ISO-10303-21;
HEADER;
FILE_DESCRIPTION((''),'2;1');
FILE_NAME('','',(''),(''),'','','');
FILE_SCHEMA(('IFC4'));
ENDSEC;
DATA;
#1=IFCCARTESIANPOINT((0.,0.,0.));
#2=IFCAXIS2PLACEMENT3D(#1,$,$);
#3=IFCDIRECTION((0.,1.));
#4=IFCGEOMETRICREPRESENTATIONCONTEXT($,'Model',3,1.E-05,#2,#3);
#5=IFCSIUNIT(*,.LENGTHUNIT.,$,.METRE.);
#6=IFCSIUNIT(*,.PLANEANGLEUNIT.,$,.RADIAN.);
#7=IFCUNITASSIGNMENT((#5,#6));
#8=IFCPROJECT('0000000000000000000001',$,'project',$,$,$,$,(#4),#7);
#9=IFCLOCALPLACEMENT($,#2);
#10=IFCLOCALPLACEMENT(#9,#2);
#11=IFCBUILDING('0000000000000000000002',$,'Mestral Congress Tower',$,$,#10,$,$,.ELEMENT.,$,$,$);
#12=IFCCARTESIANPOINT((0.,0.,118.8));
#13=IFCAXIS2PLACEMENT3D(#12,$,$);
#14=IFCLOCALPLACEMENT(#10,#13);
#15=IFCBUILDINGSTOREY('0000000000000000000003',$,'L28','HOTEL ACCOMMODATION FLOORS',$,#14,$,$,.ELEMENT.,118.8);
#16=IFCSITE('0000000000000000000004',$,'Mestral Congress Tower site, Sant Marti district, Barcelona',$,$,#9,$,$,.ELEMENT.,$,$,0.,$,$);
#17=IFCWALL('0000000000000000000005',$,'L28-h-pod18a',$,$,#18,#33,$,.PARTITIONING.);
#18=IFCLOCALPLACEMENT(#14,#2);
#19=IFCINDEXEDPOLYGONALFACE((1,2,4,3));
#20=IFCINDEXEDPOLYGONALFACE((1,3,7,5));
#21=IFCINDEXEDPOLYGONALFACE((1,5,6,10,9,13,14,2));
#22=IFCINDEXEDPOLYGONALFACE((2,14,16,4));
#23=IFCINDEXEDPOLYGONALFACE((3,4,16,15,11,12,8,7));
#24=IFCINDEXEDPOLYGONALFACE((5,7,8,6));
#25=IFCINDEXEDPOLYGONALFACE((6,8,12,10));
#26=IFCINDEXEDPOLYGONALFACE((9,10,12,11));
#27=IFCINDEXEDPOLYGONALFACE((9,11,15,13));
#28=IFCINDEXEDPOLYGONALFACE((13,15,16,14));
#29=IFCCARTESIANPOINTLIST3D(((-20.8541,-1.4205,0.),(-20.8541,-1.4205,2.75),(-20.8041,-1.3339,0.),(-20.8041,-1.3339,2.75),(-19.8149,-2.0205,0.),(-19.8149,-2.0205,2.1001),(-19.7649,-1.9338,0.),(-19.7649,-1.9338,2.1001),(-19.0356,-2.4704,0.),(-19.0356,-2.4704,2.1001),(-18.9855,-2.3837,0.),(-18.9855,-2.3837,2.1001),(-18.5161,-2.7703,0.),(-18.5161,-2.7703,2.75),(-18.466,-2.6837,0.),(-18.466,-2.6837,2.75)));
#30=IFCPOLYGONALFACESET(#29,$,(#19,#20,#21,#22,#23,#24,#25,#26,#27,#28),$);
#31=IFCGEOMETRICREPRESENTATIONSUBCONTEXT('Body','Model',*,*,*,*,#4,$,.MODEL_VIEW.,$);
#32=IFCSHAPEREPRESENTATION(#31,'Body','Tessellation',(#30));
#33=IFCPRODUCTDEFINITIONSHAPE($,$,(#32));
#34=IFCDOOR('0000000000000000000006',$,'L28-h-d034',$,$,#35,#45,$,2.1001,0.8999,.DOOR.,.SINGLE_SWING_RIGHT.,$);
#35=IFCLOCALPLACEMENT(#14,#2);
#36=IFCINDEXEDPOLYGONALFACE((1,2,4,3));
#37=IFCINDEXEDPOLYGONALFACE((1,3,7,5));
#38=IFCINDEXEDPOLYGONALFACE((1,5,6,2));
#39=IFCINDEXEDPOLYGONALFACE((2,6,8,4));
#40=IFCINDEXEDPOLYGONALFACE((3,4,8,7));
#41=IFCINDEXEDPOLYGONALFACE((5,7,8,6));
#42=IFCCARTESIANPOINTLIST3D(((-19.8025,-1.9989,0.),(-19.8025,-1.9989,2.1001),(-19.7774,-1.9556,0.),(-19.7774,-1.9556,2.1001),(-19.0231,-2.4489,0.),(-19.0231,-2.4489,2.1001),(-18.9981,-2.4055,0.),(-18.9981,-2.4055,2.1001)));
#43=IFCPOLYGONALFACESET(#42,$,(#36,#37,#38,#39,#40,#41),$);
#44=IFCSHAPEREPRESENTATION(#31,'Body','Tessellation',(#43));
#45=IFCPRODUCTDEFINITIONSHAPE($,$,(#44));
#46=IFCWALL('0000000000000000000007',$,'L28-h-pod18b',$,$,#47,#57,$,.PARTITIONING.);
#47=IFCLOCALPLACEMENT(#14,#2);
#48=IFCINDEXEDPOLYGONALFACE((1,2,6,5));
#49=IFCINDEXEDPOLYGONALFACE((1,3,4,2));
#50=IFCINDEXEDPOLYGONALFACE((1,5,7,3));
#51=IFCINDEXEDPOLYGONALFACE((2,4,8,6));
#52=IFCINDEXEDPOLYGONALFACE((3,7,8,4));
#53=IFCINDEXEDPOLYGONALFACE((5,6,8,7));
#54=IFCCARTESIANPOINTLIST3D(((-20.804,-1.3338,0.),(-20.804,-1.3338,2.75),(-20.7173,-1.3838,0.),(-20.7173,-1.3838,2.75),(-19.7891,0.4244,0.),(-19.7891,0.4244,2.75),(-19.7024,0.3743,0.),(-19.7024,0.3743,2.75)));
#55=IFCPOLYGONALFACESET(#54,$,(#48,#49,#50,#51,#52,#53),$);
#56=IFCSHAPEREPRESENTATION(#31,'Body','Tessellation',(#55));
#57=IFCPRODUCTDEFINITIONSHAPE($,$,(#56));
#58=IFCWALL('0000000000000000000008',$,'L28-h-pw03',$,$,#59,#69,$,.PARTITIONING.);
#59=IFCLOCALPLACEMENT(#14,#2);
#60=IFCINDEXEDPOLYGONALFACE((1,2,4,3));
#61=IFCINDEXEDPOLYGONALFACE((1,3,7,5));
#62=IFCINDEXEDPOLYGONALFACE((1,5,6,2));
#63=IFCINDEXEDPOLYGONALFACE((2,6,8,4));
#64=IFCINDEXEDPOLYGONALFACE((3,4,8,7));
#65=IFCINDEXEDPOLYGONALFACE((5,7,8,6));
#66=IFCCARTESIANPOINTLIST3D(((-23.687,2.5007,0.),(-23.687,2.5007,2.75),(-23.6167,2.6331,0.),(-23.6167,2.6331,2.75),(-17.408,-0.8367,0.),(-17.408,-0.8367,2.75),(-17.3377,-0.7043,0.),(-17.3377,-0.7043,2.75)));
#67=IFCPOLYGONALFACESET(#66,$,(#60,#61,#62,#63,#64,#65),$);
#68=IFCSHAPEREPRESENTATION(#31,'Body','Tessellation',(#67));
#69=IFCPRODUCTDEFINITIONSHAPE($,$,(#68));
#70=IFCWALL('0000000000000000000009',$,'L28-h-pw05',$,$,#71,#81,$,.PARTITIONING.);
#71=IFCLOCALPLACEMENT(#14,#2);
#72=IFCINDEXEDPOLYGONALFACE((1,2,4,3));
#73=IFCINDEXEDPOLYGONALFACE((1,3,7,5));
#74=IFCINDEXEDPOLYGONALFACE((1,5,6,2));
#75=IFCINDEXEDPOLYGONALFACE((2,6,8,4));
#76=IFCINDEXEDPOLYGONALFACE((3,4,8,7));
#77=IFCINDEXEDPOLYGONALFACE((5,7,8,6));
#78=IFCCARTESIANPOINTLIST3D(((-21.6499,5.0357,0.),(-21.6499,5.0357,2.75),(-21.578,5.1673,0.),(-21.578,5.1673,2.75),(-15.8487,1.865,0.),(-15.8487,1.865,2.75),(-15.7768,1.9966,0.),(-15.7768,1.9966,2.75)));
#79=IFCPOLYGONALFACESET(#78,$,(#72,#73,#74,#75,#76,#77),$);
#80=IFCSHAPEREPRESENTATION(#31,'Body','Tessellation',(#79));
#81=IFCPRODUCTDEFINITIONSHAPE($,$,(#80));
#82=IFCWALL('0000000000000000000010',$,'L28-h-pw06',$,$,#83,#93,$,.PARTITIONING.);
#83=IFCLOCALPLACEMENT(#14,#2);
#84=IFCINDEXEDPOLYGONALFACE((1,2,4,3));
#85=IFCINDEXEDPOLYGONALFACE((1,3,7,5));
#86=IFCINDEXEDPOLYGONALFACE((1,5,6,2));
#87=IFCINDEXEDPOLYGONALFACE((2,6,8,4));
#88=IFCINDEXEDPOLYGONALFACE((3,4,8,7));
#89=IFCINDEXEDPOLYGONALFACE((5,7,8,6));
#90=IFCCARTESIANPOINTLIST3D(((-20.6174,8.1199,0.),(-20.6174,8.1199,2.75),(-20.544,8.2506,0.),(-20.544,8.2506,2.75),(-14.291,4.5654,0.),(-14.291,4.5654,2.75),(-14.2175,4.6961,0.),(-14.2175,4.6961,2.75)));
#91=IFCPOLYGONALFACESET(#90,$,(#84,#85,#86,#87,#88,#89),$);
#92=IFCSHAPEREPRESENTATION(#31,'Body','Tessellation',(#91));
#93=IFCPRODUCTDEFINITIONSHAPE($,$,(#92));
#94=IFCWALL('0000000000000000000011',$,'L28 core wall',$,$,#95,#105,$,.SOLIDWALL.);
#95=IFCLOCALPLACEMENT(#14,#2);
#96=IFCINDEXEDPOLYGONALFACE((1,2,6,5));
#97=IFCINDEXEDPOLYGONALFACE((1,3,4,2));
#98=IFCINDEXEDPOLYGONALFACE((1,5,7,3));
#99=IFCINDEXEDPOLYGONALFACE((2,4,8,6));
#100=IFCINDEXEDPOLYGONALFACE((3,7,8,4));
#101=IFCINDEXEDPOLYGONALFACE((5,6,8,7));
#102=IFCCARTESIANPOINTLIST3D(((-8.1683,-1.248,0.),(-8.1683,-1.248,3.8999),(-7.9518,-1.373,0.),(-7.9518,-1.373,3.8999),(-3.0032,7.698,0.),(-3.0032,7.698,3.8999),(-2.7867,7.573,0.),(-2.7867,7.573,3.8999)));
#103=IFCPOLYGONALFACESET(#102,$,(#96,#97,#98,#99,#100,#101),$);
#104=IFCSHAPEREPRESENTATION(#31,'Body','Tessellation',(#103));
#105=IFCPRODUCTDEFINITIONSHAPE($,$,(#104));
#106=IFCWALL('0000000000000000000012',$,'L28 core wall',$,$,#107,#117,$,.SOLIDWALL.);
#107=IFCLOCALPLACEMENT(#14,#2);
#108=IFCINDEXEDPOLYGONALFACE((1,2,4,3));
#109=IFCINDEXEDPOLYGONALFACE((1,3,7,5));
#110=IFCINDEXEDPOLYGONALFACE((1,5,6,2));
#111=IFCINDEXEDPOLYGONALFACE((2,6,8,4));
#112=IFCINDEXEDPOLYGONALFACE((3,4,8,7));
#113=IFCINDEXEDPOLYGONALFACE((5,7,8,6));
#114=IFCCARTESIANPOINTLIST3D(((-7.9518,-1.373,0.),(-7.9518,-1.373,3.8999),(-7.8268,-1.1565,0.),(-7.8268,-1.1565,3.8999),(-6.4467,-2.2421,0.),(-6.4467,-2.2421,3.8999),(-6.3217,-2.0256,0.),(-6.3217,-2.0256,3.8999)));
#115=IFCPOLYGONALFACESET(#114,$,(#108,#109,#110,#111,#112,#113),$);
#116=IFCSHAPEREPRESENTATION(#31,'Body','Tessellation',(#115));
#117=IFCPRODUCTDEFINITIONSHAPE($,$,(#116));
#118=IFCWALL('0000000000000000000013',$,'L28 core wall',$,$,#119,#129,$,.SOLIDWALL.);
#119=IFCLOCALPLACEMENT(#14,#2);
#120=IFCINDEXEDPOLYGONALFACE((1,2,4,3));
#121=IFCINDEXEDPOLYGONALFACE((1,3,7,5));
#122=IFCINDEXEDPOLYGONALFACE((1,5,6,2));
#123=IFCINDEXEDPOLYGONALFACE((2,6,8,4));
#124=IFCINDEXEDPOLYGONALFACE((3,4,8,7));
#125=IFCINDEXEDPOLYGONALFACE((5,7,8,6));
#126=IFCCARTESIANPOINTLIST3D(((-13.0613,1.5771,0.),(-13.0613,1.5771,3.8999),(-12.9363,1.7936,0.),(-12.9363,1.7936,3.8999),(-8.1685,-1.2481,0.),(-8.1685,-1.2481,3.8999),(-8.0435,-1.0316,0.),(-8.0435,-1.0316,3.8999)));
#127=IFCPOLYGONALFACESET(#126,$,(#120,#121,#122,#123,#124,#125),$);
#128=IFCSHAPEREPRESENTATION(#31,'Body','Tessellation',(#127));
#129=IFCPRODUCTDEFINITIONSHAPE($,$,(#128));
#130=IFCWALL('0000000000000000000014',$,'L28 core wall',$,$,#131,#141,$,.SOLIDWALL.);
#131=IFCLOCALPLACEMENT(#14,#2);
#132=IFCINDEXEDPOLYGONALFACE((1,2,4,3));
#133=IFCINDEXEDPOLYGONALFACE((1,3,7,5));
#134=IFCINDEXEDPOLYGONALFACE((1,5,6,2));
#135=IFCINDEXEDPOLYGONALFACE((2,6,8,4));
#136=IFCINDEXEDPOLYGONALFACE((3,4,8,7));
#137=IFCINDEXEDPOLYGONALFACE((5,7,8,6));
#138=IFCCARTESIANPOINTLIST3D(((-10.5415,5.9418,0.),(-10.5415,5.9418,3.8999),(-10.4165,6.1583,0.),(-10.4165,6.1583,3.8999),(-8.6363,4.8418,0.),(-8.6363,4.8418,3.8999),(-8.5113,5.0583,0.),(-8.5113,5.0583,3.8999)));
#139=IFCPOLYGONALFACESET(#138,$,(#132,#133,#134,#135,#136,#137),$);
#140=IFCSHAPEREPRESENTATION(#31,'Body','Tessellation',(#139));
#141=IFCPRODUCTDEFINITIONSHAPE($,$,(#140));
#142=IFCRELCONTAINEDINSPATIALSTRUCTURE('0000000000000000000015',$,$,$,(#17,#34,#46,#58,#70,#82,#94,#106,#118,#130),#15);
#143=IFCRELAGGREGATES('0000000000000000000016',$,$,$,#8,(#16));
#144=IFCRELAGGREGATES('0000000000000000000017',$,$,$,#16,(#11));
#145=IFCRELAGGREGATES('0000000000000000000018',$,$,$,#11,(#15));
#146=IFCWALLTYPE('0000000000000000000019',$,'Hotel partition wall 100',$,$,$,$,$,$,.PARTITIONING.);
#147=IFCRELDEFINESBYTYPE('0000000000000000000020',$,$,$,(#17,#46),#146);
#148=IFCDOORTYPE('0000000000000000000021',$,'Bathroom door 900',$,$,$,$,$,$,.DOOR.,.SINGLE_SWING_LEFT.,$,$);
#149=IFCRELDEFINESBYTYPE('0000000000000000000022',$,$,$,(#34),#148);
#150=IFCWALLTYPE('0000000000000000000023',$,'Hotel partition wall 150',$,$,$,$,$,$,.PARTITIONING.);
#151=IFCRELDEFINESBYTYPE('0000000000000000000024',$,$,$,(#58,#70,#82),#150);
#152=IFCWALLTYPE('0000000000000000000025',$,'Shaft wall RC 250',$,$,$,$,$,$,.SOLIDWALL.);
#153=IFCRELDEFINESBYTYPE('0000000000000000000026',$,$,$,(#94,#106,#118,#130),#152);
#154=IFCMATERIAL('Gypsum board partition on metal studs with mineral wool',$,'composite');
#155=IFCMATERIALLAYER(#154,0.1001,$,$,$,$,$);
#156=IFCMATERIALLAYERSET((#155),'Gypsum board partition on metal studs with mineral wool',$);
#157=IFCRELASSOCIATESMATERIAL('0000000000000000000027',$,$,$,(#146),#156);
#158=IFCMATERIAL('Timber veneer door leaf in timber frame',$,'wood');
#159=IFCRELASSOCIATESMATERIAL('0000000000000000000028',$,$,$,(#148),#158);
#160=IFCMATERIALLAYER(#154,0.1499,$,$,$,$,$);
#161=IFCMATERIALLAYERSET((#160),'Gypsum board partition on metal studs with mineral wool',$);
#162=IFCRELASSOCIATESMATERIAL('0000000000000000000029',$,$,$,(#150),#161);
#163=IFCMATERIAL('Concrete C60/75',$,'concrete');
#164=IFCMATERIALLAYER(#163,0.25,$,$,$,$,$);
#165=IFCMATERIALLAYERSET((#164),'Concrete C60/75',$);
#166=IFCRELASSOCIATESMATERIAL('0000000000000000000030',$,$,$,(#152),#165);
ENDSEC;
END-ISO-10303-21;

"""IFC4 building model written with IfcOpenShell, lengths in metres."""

from ifc_helpers import new_model, si_unit, direction, frame, frame_2d, origin, place, context, subcontext, project, spatial, rectangle, extrude, material, layer, layer_set, type_object, element, fill, save


model = new_model("IFC4")

# Units and contexts
model_context = context("Model", 3, precision=1e-05, world=origin(), true_north=direction((0.0, 1.0)))
body_context = subcontext(model_context, "Body", "Model", "MODEL_VIEW")
ifc_project = project(units=[si_unit("LENGTHUNIT", "METRE"), si_unit("PLANEANGLEUNIT", "RADIAN")], contexts=[model_context])

# Site, building, storey
site_placement = place(None, origin())
site = spatial("IfcSite", under=ifc_project, at=site_placement, Name="Mestral Congress Tower site, Sant Marti district, Barcelona", CompositionType="ELEMENT", RefElevation=0.0)
building_placement = place(site_placement, origin())
building = spatial("IfcBuilding", under=site, at=building_placement, Name="Mestral Congress Tower", CompositionType="ELEMENT")
storey_placement = place(building_placement, frame((0.0, 0.0, 118.8)))
storey = spatial("IfcBuildingStorey", under=building, at=storey_placement, Name="L28", Description="HOTEL ACCOMMODATION FLOORS", CompositionType="ELEMENT", Elevation=118.8)

# Shared definitions
ifc_material_1 = material(Name="Concrete C60/75", Category="concrete")

# Shared definitions
ifc_material_2 = material(Name="Gypsum board partition on metal studs with mineral wool", Category="composite")
ifc_layer_1 = layer(ifc_material_2, 0.1001)
ifc_layer_set_1 = layer_set([ifc_layer_1], Name="Gypsum board partition on metal studs with mineral wool")
wall_type_1 = type_object("IfcWallType", Name="Hotel partition wall 100", PredefinedType="PARTITIONING", material=ifc_layer_set_1)
ifc_material_3 = material(Name="Timber veneer door leaf in timber frame", Category="wood")
door_type = type_object("IfcDoorType", Name="Bathroom door 900", OperationType="SINGLE_SWING_LEFT", PredefinedType="DOOR", material=ifc_material_3)

# Wall, opening, door
wall_1_placement = place(storey_placement, frame((-20.8291, -1.3772, 0.0), z_axis=(0.0, 0.0, 1.0), x_axis=(0.866037, -0.499981, 0.0)))
wall_1 = element("IfcWall", 1, at=wall_1_placement, inside=storey, type_object=wall_type_1, Name="L28-h-pod18a", PredefinedType="PARTITIONING", context=body_context, shape_type="SweptSolid", body=[
    extrude(rectangle(XDim=2.6997, YDim=0.1001, at=frame_2d((1.3499, 0.0))), origin(), (0.0, 0.0, 1.0), 2.75),
])
opening_1_placement = place(wall_1_placement, frame((1.2, 0.0, 0.0)))
opening_1 = element("IfcOpeningElement", 2, at=opening_1_placement, cuts=wall_1, PredefinedType="OPENING", context=body_context, shape_type="SweptSolid", body=[
    extrude(rectangle(XDim=0.8999, YDim=2.1001, at=frame_2d((0.45, 1.05))), frame((0.0, 0.0601, 0.0), z_axis=(0.0, -1.0, 0.0), x_axis=(1.0, 0.0, 0.0)), (0.0, 0.0, 1.0), 0.1201),
])
door_1_placement = place(opening_1_placement, origin())
door_1 = element("IfcDoor", 3, at=door_1_placement, inside=storey, type_object=door_type, Name="L28-h-d034", OperationType="SINGLE_SWING_RIGHT", OverallHeight=2.1001, OverallWidth=0.8999, PredefinedType="DOOR", context=body_context, shape_type="SweptSolid", body=[
    extrude(rectangle(XDim=0.8999, YDim=2.1001, at=frame_2d((0.45, 1.05))), frame((0.0, 0.0249, 0.0), z_axis=(0.0, -1.0, 0.0), x_axis=(1.0, 0.0, 0.0)), (0.0, 0.0, 1.0), 0.05),
])
fill(opening_1, door_1)

# Walls
wall_2_placement = place(storey_placement, frame((-20.7607, -1.3589, 0.0), z_axis=(0.0, 0.0, 1.0), x_axis=(0.499955, 0.866051, 0.0)))
element("IfcWall", 4, at=wall_2_placement, inside=storey, type_object=wall_type_1, Name="L28-h-pod18b", PredefinedType="PARTITIONING", context=body_context, shape_type="SweptSolid", body=[
    extrude(rectangle(XDim=2.03, YDim=0.1001, at=frame_2d((1.0151, 0.0))), origin(), (0.0, 0.0, 1.0), 2.75),
])
ifc_layer_2 = layer(ifc_material_2, 0.1499)
ifc_layer_set_2 = layer_set([ifc_layer_2], Name="Gypsum board partition on metal studs with mineral wool")
wall_type_2 = type_object("IfcWallType", Name="Hotel partition wall 150", PredefinedType="PARTITIONING", material=ifc_layer_set_2)
wall_3_placement = place(storey_placement, frame((-23.6519, 2.5669, 0.0), z_axis=(0.0, 0.0, 1.0), x_axis=(0.883019, -0.469337, 0.0)))
element("IfcWall", 5, at=wall_3_placement, inside=storey, type_object=wall_type_2, Name="L28-h-pw03", PredefinedType="PARTITIONING", context=body_context, shape_type="SweptSolid", body=[
    extrude(rectangle(XDim=7.1108, YDim=0.1499, at=frame_2d((3.5554, 0.0))), origin(), (0.0, 0.0, 1.0), 2.75),
])
wall_4_placement = place(storey_placement, frame((-21.614, 5.1016, 0.0), z_axis=(0.0, 0.0, 1.0), x_axis=(0.877485, -0.479605, 0.0)))
element("IfcWall", 6, at=wall_4_placement, inside=storey, type_object=wall_type_2, Name="L28-h-pw05", PredefinedType="PARTITIONING", context=body_context, shape_type="SweptSolid", body=[
    extrude(rectangle(XDim=6.6111, YDim=0.1499, at=frame_2d((3.3057, 0.0))), origin(), (0.0, 0.0, 1.0), 2.75),
])
wall_5_placement = place(storey_placement, frame((-20.5808, 8.1853, 0.0), z_axis=(0.0, 0.0, 1.0), x_axis=(0.871821, -0.489825, 0.0)))
element("IfcWall", 7, at=wall_5_placement, inside=storey, type_object=wall_type_2, Name="L28-h-pw06", PredefinedType="PARTITIONING", context=body_context, shape_type="SweptSolid", body=[
    extrude(rectangle(XDim=7.2566, YDim=0.1499, at=frame_2d((3.6284, 0.0))), origin(), (0.0, 0.0, 1.0), 2.75),
])
ifc_layer_3 = layer(ifc_material_1, 0.25)
ifc_layer_set_3 = layer_set([ifc_layer_3], Name="Concrete C60/75")
wall_type_3 = type_object("IfcWallType", Name="Shaft wall RC 250", PredefinedType="SOLIDWALL", material=ifc_layer_set_3)
wall_6_placement = place(storey_placement, frame((-8.0601, -1.3105, 0.0), z_axis=(0.0, 0.0, 1.0), x_axis=(0.500003, 0.866024, 0.0)))
element("IfcWall", 8, at=wall_6_placement, inside=storey, type_object=wall_type_3, Name="L28 core wall", PredefinedType="SOLIDWALL", context=body_context, shape_type="SweptSolid", body=[
    extrude(rectangle(XDim=10.3301, YDim=0.25, at=frame_2d((5.165, 0.0))), origin(), (0.0, 0.0, 1.0), 3.8999),
])
wall_7_placement = place(storey_placement, frame((-7.8894, -1.2646, 0.0), z_axis=(0.0, 0.0, 1.0), x_axis=(0.865987, -0.500067, 0.0)))
element("IfcWall", 9, at=wall_7_placement, inside=storey, type_object=wall_type_3, Name="L28 core wall", PredefinedType="SOLIDWALL", context=body_context, shape_type="SweptSolid", body=[
    extrude(rectangle(XDim=1.738, YDim=0.25, at=frame_2d((0.8691, 0.0))), origin(), (0.0, 0.0, 1.0), 3.8999),
])
wall_8_placement = place(storey_placement, frame((-8.106, -1.1399, 0.0), z_axis=(0.0, 0.0, 1.0), x_axis=(-0.866001, 0.500043, 0.0)))
element("IfcWall", 10, at=wall_8_placement, inside=storey, type_object=wall_type_3, Name="L28 core wall", PredefinedType="SOLIDWALL", context=body_context, shape_type="SweptSolid", body=[
    extrude(rectangle(XDim=5.6499, YDim=0.25, at=frame_2d((2.825, 0.0))), origin(), (0.0, 0.0, 1.0), 3.8999),
])
wall_9_placement = place(storey_placement, frame((-8.5737, 4.95, 0.0), z_axis=(0.0, 0.0, 1.0), x_axis=(-0.866008, 0.50003, 0.0)))
element("IfcWall", 11, at=wall_9_placement, inside=storey, type_object=wall_type_3, Name="L28 core wall", PredefinedType="SOLIDWALL", context=body_context, shape_type="SweptSolid", body=[
    extrude(rectangle(XDim=2.2, YDim=0.25, at=frame_2d((1.1001, 0.0))), origin(), (0.0, 0.0, 1.0), 3.8999),
])

save(model, "model.ifc")
